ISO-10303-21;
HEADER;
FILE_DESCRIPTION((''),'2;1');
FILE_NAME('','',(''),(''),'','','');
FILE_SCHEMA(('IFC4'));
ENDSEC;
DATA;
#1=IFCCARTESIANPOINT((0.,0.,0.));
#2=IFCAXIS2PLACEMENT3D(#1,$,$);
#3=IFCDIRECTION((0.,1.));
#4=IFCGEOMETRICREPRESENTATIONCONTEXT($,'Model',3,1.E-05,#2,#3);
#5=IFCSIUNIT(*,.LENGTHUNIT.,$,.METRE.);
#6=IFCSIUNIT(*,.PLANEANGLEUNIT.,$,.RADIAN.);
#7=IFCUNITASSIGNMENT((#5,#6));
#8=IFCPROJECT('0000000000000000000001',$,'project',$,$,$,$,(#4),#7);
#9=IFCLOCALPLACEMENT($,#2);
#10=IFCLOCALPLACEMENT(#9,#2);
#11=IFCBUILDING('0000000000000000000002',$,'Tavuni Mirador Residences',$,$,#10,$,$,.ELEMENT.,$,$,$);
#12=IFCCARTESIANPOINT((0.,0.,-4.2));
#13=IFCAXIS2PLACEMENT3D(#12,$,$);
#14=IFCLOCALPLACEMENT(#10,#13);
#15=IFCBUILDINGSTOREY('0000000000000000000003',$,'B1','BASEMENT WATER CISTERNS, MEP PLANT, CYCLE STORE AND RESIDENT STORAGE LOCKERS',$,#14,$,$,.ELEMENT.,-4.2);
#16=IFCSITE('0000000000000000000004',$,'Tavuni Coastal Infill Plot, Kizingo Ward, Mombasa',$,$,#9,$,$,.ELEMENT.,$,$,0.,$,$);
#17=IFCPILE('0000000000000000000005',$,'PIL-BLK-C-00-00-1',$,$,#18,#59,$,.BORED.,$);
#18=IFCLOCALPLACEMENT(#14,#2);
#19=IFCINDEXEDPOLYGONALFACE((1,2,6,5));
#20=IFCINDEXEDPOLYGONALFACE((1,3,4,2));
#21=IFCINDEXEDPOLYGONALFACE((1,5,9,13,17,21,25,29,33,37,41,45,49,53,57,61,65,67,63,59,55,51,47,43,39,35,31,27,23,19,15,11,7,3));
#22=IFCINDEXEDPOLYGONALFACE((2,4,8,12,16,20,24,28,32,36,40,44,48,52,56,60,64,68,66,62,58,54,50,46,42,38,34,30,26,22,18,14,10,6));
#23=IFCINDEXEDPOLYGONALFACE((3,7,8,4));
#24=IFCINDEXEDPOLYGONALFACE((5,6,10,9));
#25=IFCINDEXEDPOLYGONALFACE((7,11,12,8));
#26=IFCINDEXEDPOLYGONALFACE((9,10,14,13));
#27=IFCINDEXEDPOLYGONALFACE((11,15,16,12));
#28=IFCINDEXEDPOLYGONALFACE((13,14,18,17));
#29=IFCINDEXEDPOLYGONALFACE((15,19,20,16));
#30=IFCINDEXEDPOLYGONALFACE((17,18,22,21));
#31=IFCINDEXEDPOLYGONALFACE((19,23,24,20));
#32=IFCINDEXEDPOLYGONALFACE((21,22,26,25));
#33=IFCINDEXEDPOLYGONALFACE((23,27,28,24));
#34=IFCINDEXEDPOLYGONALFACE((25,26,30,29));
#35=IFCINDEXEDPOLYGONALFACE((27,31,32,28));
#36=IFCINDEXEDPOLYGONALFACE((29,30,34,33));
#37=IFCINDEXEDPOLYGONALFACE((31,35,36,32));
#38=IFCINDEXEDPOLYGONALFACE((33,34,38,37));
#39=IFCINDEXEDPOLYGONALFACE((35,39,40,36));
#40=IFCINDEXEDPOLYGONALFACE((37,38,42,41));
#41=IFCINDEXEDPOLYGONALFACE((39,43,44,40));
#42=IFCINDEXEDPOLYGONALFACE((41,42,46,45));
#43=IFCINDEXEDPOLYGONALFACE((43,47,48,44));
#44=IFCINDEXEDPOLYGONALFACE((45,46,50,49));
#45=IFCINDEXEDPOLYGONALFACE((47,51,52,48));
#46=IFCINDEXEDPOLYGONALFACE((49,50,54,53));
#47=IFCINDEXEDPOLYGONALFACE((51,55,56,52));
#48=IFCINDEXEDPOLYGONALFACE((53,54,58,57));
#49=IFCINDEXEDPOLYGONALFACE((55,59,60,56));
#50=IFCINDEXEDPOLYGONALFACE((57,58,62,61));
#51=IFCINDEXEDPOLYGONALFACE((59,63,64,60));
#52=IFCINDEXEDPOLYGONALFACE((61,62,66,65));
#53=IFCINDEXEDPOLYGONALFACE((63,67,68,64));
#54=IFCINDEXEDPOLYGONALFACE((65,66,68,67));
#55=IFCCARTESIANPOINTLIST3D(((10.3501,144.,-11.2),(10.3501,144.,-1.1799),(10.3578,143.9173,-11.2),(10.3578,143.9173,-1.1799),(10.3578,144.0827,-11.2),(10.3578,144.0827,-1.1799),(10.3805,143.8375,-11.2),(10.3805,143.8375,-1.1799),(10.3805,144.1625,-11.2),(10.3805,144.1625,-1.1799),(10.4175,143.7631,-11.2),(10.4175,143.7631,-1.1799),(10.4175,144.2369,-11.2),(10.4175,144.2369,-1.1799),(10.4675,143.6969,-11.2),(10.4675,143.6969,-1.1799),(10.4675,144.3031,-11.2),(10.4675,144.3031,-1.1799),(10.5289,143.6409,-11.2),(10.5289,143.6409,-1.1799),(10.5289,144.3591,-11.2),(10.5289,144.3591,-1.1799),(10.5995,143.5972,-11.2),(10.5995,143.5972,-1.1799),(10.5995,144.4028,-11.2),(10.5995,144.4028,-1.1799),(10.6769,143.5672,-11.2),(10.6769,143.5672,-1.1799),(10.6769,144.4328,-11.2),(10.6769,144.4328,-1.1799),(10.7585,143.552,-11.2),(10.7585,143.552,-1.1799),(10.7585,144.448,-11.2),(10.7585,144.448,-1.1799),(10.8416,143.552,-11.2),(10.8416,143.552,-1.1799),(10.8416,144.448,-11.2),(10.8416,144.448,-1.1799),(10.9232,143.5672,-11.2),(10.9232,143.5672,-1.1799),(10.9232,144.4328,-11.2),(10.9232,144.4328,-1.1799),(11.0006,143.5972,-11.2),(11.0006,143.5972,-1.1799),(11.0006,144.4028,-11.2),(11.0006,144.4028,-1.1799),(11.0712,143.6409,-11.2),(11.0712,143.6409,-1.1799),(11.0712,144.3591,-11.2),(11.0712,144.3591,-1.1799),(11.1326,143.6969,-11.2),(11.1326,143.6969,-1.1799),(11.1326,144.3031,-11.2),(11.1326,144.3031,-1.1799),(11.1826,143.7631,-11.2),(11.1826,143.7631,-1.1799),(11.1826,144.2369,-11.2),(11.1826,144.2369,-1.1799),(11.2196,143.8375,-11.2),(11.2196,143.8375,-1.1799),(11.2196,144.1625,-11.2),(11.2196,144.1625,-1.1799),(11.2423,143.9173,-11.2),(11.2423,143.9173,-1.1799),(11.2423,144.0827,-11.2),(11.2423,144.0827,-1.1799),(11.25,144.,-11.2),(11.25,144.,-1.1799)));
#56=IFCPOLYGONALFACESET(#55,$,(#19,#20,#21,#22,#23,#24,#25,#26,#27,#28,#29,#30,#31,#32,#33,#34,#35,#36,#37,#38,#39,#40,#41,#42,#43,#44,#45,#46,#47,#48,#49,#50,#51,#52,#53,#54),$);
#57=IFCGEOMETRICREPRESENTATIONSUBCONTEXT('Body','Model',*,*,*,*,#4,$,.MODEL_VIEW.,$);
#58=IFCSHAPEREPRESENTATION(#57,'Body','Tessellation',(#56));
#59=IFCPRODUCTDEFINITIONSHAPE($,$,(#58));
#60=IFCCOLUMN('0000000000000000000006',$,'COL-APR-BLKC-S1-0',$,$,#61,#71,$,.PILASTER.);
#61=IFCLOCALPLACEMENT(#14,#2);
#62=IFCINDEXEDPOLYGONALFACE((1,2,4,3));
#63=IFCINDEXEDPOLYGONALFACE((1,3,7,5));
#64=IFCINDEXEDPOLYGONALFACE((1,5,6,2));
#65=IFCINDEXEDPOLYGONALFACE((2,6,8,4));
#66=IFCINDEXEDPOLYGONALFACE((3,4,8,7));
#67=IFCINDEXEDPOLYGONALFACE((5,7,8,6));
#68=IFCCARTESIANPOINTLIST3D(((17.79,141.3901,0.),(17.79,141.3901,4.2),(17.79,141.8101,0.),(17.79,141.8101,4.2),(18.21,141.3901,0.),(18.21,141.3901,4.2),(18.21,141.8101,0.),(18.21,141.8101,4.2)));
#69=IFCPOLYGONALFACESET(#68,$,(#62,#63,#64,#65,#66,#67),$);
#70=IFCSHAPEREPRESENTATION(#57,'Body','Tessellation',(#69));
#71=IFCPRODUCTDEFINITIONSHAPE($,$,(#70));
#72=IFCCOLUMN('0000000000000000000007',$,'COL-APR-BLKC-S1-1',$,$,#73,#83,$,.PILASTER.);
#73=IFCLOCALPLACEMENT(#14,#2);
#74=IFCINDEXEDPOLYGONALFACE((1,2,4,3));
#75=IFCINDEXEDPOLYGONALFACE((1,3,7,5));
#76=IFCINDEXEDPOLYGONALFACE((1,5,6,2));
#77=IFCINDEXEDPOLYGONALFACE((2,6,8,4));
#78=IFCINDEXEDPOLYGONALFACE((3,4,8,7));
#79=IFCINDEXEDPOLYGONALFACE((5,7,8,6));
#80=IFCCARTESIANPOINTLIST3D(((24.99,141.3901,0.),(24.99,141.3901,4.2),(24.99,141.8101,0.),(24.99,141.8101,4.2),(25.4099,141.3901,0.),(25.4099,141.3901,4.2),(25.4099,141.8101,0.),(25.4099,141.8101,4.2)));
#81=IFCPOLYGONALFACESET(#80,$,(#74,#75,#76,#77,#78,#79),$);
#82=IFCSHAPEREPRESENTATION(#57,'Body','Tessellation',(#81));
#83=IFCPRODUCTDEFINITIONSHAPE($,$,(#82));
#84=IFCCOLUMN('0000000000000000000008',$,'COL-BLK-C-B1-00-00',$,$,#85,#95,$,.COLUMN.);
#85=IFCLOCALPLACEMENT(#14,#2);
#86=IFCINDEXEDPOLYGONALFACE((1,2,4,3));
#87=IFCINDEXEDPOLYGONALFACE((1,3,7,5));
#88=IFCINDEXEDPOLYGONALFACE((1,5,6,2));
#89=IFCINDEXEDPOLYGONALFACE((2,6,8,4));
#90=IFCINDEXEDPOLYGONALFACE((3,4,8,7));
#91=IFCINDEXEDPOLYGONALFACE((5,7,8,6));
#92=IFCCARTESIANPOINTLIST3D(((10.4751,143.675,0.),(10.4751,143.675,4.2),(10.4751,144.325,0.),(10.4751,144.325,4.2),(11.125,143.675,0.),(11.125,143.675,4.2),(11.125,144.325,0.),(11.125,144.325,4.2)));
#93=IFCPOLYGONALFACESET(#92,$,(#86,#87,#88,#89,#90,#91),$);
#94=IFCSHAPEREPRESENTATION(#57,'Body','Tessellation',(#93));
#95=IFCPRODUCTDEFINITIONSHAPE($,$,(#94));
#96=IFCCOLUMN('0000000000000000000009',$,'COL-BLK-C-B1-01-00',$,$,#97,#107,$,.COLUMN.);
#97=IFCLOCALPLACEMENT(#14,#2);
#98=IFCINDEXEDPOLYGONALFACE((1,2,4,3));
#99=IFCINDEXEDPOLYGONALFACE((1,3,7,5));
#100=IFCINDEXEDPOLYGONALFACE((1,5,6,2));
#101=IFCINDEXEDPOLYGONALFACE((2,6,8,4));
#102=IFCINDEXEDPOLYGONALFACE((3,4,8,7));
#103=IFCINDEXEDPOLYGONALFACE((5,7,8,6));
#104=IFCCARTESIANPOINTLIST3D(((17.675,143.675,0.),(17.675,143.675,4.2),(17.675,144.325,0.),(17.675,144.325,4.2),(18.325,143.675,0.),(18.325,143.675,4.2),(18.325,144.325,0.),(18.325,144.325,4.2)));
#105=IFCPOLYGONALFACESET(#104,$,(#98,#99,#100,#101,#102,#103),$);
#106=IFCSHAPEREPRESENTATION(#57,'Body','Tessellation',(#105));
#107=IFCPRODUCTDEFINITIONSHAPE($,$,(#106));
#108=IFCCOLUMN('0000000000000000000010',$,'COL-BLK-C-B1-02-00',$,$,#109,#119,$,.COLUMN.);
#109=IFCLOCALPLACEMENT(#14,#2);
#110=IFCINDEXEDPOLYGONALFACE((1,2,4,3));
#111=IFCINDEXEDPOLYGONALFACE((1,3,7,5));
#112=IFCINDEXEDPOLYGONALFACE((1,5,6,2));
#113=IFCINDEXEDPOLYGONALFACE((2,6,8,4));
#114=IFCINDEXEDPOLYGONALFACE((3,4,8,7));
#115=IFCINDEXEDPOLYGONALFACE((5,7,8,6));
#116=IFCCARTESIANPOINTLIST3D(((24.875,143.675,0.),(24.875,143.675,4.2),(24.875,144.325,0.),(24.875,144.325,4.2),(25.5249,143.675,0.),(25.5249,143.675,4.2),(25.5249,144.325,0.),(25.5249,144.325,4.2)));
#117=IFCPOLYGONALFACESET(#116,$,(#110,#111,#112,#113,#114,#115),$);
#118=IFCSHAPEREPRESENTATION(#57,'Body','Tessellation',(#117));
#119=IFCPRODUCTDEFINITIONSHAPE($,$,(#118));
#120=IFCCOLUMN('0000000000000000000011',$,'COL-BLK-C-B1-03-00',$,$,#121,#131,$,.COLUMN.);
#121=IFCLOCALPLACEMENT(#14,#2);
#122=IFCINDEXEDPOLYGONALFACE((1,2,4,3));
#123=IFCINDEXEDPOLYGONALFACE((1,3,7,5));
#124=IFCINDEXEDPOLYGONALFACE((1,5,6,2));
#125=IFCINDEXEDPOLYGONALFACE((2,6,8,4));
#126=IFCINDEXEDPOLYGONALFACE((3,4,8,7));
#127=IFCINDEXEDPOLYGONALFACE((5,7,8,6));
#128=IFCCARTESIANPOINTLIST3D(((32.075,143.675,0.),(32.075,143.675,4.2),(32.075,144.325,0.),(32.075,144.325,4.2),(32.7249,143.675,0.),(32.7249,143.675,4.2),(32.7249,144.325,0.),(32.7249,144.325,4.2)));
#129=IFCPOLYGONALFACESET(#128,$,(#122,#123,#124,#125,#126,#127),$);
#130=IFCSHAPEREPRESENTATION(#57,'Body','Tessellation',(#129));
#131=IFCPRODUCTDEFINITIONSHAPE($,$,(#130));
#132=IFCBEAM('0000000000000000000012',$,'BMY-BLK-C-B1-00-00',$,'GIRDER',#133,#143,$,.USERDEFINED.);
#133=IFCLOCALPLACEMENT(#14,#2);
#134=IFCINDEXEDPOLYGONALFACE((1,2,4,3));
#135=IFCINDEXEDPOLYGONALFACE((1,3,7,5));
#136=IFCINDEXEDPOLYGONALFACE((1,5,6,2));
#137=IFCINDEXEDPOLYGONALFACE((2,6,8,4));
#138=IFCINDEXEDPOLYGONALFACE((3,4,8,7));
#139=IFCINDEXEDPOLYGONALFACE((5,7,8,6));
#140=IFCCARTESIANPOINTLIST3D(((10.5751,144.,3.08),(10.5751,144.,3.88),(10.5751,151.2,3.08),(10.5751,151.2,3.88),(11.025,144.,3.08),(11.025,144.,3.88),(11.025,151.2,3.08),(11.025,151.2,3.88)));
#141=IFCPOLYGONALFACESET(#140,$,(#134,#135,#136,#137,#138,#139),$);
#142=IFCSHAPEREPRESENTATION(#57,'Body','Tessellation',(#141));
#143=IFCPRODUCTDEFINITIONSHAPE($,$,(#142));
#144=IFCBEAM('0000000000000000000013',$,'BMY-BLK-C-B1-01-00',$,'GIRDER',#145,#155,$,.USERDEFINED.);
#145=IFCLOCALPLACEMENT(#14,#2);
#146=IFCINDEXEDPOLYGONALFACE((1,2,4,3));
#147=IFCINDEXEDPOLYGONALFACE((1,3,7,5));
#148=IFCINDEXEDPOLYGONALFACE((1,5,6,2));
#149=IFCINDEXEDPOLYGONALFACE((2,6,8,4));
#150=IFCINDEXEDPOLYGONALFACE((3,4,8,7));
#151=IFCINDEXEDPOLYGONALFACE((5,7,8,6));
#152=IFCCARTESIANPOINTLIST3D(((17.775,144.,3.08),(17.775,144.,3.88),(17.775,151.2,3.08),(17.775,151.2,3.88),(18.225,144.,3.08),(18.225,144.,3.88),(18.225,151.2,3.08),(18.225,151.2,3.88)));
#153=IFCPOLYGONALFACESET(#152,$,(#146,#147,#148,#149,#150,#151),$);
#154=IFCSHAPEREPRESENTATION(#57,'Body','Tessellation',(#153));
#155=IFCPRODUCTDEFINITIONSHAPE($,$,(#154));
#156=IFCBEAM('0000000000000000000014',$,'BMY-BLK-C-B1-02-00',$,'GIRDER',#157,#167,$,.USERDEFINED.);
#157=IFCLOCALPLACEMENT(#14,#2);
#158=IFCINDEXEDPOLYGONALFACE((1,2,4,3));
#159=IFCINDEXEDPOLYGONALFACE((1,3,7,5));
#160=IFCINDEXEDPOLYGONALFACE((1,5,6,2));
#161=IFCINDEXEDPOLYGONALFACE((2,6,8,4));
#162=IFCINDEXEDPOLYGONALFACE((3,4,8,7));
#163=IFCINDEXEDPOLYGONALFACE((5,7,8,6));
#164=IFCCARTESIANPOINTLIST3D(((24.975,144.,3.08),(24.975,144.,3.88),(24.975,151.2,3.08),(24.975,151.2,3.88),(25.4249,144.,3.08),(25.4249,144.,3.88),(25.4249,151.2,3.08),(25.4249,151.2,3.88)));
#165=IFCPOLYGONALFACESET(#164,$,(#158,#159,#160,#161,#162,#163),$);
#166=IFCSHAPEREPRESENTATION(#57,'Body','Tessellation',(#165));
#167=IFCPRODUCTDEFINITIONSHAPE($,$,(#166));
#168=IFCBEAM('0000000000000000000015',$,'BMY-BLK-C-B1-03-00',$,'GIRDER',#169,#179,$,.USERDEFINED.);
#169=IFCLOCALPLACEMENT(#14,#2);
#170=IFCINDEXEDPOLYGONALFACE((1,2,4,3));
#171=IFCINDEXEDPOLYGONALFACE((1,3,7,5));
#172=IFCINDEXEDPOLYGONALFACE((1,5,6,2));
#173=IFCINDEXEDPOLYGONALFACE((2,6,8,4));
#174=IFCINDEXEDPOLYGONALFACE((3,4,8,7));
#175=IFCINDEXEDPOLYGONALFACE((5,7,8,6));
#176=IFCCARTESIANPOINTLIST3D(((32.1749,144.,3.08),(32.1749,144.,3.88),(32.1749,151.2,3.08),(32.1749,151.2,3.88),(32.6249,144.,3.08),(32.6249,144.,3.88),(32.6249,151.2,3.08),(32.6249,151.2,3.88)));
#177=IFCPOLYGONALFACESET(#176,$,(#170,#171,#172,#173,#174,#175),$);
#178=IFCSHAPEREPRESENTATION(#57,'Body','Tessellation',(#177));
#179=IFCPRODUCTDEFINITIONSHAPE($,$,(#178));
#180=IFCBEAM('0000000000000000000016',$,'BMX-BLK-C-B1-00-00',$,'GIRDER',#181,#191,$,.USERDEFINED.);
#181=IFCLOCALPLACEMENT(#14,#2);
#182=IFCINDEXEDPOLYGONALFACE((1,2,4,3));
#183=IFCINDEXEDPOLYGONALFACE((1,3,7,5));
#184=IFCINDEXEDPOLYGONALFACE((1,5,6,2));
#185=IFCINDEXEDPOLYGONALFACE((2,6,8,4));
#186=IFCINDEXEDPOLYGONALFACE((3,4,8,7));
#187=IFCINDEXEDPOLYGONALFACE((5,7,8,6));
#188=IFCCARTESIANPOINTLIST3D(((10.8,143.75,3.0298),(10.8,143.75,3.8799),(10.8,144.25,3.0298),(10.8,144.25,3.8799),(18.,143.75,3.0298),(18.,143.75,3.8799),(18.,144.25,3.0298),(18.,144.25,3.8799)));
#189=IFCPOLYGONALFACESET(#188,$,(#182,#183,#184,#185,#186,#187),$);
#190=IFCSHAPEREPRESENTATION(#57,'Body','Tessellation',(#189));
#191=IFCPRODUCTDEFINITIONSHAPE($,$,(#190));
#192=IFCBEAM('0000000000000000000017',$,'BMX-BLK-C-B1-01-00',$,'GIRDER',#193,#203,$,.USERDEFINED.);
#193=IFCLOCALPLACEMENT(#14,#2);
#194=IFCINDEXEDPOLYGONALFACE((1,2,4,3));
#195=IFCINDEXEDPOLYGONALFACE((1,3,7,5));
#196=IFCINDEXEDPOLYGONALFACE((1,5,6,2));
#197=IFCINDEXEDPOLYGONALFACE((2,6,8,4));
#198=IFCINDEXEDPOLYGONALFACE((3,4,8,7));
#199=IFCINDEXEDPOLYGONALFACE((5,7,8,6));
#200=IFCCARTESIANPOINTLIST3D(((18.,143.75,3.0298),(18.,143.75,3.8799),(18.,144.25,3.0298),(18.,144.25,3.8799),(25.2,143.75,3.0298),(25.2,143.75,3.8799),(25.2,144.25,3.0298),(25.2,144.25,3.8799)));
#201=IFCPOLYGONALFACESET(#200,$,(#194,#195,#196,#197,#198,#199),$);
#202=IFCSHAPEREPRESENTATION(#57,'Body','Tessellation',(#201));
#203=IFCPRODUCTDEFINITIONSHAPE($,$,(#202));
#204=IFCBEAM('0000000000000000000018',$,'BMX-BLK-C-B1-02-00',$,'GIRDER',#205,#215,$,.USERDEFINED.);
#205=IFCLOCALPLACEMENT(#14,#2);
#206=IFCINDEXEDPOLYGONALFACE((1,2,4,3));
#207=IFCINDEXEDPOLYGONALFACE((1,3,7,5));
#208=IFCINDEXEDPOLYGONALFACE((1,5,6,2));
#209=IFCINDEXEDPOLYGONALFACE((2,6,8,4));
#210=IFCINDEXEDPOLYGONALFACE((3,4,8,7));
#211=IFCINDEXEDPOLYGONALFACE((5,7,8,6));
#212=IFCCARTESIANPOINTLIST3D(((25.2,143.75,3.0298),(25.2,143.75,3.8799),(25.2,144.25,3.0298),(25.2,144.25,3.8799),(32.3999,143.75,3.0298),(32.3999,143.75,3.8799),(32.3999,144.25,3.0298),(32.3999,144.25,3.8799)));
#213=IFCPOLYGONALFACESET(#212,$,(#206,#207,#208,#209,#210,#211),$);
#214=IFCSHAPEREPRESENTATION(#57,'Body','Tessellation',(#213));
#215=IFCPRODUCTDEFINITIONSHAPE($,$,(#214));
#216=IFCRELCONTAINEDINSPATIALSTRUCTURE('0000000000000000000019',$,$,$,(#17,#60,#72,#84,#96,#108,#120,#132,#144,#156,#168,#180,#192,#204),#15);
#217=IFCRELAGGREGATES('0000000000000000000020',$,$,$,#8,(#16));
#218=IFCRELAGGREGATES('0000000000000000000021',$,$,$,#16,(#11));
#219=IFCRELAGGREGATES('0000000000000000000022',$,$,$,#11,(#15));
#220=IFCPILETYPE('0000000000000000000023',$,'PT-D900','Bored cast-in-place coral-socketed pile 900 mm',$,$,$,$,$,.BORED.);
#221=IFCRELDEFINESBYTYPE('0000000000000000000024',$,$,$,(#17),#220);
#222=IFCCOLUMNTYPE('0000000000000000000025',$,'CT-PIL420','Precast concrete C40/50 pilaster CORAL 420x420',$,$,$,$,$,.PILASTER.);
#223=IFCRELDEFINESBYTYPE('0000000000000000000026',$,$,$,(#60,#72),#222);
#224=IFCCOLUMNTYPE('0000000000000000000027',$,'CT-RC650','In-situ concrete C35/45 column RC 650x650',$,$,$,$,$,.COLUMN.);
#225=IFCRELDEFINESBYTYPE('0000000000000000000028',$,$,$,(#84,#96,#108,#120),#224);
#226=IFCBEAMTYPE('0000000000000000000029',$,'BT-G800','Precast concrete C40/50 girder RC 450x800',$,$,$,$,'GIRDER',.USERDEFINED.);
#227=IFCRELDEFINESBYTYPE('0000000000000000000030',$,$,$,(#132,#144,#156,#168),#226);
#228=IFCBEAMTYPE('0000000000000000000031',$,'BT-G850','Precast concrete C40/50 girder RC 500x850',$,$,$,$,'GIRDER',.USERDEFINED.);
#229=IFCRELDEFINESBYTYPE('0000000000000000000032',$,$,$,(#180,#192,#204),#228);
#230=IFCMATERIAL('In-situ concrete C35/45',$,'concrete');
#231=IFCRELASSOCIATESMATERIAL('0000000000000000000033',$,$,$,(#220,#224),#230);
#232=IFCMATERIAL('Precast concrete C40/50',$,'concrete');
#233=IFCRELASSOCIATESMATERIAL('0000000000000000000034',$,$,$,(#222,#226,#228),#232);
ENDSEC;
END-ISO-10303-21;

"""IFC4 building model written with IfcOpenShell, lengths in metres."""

from ifc_helpers import new_model, si_unit, direction, frame, origin, origin_2d, place, context, subcontext, project, spatial, rectangle, circle, extrude, material, material_profile, profile_set, type_object, element, save


model = new_model("IFC4")

# Units and contexts
model_context = context("Model", 3, precision=1e-05, world=origin(), true_north=direction((0.0, 1.0)))
body_context = subcontext(model_context, "Body", "Model", "MODEL_VIEW")
ifc_project = project(units=[si_unit("LENGTHUNIT", "METRE"), si_unit("PLANEANGLEUNIT", "RADIAN")], contexts=[model_context])

# Site, building, storey
site_placement = place(None, origin())
site = spatial("IfcSite", under=ifc_project, at=site_placement, Name="Tavuni Coastal Infill Plot, Kizingo Ward, Mombasa", CompositionType="ELEMENT", RefElevation=0.0)
building_placement = place(site_placement, origin())
building = spatial("IfcBuilding", under=site, at=building_placement, Name="Tavuni Mirador Residences", CompositionType="ELEMENT")
storey_placement = place(building_placement, frame((0.0, 0.0, -4.2)))
storey = spatial("IfcBuildingStorey", under=building, at=storey_placement, Name="B1", Description="BASEMENT WATER CISTERNS, MEP PLANT, CYCLE STORE AND RESIDENT STORAGE LOCKERS", CompositionType="ELEMENT", Elevation=-4.2)

# Shared definitions
ifc_material_1 = material(Name="In-situ concrete C35/45", Category="concrete")

# Pile
ifc_material_profile_1 = material_profile(ifc_material_1, circle(Radius=0.45, at=origin_2d()), Name="PILE D900", Category="concrete")
ifc_profile_set_1 = profile_set([ifc_material_profile_1], Name="In-situ concrete C35/45")
pile_type_1 = type_object("IfcPileType", Name="PT-D900", Description="Bored cast-in-place coral-socketed pile 900 mm", PredefinedType="BORED", material=ifc_profile_set_1)
pile_1_placement = place(storey_placement, frame((10.8, 144.0, -1.1799), z_axis=(0.0, 0.0, -1.0), x_axis=(1.0, 0.0, 0.0)))
element("IfcPile", 1, at=pile_1_placement, inside=storey, type_object=pile_type_1, Name="PIL-BLK-C-00-00-1", PredefinedType="BORED", context=body_context, shape_type="SweptSolid", body=[
    extrude(circle(Radius=0.45, at=origin_2d()), origin(), (0.0, 0.0, 1.0), 10.02),
])

# Columns
ifc_material_2 = material(Name="Precast concrete C40/50", Category="concrete")
ifc_material_profile_2 = material_profile(ifc_material_2, rectangle(XDim=0.4199, YDim=0.4199, at=origin_2d()), Name="CORAL 420x420", Category="concrete")
ifc_profile_set_2 = profile_set([ifc_material_profile_2], Name="Precast concrete C40/50")
column_type_1 = type_object("IfcColumnType", Name="CT-PIL420", Description="Precast concrete C40/50 pilaster CORAL 420x420", PredefinedType="PILASTER", material=ifc_profile_set_2)
for number, where, z_axis, x_axis, name in (
    (2, (18.0, 141.6001, 0.0), (0.0, 0.0, 1.0), (1.0, 0.0, 0.0), "COL-APR-BLKC-S1-0"),
    (3, (25.2, 141.6001, 0.0), (0.0, 0.0, 1.0), (1.0, 0.0, 0.0), "COL-APR-BLKC-S1-1"),
):
    element("IfcColumn", number, at=place(storey_placement, frame(where, z_axis=z_axis, x_axis=x_axis)), inside=storey, type_object=column_type_1, Name=name, PredefinedType="PILASTER", context=body_context, shape_type="SweptSolid", body=[
        extrude(rectangle(XDim=0.4199, YDim=0.4199, at=origin_2d()), origin(), (0.0, 0.0, 1.0), 4.2),
    ])
ifc_material_profile_3 = material_profile(ifc_material_1, rectangle(XDim=0.6499, YDim=0.6499, at=origin_2d()), Name="RC 650x650", Category="concrete")
ifc_profile_set_3 = profile_set([ifc_material_profile_3], Name="In-situ concrete C35/45")
column_type_2 = type_object("IfcColumnType", Name="CT-RC650", Description="In-situ concrete C35/45 column RC 650x650", PredefinedType="COLUMN", material=ifc_profile_set_3)
for number, where, z_axis, x_axis, name in (
    (4, (10.8, 144.0, 0.0), (0.0, 0.0, 1.0), (1.0, 0.0, 0.0), "COL-BLK-C-B1-00-00"),
    (5, (18.0, 144.0, 0.0), (0.0, 0.0, 1.0), (1.0, 0.0, 0.0), "COL-BLK-C-B1-01-00"),
    (6, (25.2, 144.0, 0.0), (0.0, 0.0, 1.0), (1.0, 0.0, 0.0), "COL-BLK-C-B1-02-00"),
    (7, (32.3999, 144.0, 0.0), (0.0, 0.0, 1.0), (1.0, 0.0, 0.0), "COL-BLK-C-B1-03-00"),
):
    element("IfcColumn", number, at=place(storey_placement, frame(where, z_axis=z_axis, x_axis=x_axis)), inside=storey, type_object=column_type_2, Name=name, PredefinedType="COLUMN", context=body_context, shape_type="SweptSolid", body=[
        extrude(rectangle(XDim=0.6499, YDim=0.6499, at=origin_2d()), origin(), (0.0, 0.0, 1.0), 4.2),
    ])

# Beams
ifc_material_profile_4 = material_profile(ifc_material_2, rectangle(XDim=0.45, YDim=0.8, at=origin_2d()), Name="RC 450x800", Category="concrete")
ifc_profile_set_4 = profile_set([ifc_material_profile_4], Name="Precast concrete C40/50")
beam_type_1 = type_object("IfcBeamType", Name="BT-G800", Description="Precast concrete C40/50 girder RC 450x800", ElementType="GIRDER", PredefinedType="USERDEFINED", material=ifc_profile_set_4)
for number, where, z_axis, x_axis, name in (
    (8, (10.8, 144.0, 3.48), (0.0, 1.0, 0.0), (-1.0, 0.0, 0.0), "BMY-BLK-C-B1-00-00"),
    (9, (18.0, 144.0, 3.48), (0.0, 1.0, 0.0), (-1.0, 0.0, 0.0), "BMY-BLK-C-B1-01-00"),
    (10, (25.2, 144.0, 3.48), (0.0, 1.0, 0.0), (-1.0, 0.0, 0.0), "BMY-BLK-C-B1-02-00"),
    (11, (32.3999, 144.0, 3.48), (0.0, 1.0, 0.0), (-1.0, 0.0, 0.0), "BMY-BLK-C-B1-03-00"),
):
    element("IfcBeam", number, at=place(storey_placement, frame(where, z_axis=z_axis, x_axis=x_axis)), inside=storey, type_object=beam_type_1, Name=name, ObjectType="GIRDER", PredefinedType="USERDEFINED", context=body_context, shape_type="SweptSolid", body=[
        extrude(rectangle(XDim=0.45, YDim=0.8, at=origin_2d()), origin(), (0.0, 0.0, 1.0), 7.2),
    ])
ifc_material_profile_5 = material_profile(ifc_material_2, rectangle(XDim=0.5, YDim=0.8501, at=origin_2d()), Name="RC 500x850", Category="concrete")
ifc_profile_set_5 = profile_set([ifc_material_profile_5], Name="Precast concrete C40/50")
beam_type_2 = type_object("IfcBeamType", Name="BT-G850", Description="Precast concrete C40/50 girder RC 500x850", ElementType="GIRDER", PredefinedType="USERDEFINED", material=ifc_profile_set_5)
for number, where, z_axis, x_axis, name in (
    (12, (10.8, 144.0, 3.4548), (1.0, 0.0, 0.0), (0.0, 1.0, 0.0), "BMX-BLK-C-B1-00-00"),
    (13, (18.0, 144.0, 3.4548), (1.0, 0.0, 0.0), (0.0, 1.0, 0.0), "BMX-BLK-C-B1-01-00"),
    (14, (25.2, 144.0, 3.4548), (1.0, 0.0, 0.0), (0.0, 1.0, 0.0), "BMX-BLK-C-B1-02-00"),
):
    element("IfcBeam", number, at=place(storey_placement, frame(where, z_axis=z_axis, x_axis=x_axis)), inside=storey, type_object=beam_type_2, Name=name, ObjectType="GIRDER", PredefinedType="USERDEFINED", context=body_context, shape_type="SweptSolid", body=[
        extrude(rectangle(XDim=0.5, YDim=0.8501, at=origin_2d()), origin(), (0.0, 0.0, 1.0), 7.2),
    ])

save(model, "model.ifc")
